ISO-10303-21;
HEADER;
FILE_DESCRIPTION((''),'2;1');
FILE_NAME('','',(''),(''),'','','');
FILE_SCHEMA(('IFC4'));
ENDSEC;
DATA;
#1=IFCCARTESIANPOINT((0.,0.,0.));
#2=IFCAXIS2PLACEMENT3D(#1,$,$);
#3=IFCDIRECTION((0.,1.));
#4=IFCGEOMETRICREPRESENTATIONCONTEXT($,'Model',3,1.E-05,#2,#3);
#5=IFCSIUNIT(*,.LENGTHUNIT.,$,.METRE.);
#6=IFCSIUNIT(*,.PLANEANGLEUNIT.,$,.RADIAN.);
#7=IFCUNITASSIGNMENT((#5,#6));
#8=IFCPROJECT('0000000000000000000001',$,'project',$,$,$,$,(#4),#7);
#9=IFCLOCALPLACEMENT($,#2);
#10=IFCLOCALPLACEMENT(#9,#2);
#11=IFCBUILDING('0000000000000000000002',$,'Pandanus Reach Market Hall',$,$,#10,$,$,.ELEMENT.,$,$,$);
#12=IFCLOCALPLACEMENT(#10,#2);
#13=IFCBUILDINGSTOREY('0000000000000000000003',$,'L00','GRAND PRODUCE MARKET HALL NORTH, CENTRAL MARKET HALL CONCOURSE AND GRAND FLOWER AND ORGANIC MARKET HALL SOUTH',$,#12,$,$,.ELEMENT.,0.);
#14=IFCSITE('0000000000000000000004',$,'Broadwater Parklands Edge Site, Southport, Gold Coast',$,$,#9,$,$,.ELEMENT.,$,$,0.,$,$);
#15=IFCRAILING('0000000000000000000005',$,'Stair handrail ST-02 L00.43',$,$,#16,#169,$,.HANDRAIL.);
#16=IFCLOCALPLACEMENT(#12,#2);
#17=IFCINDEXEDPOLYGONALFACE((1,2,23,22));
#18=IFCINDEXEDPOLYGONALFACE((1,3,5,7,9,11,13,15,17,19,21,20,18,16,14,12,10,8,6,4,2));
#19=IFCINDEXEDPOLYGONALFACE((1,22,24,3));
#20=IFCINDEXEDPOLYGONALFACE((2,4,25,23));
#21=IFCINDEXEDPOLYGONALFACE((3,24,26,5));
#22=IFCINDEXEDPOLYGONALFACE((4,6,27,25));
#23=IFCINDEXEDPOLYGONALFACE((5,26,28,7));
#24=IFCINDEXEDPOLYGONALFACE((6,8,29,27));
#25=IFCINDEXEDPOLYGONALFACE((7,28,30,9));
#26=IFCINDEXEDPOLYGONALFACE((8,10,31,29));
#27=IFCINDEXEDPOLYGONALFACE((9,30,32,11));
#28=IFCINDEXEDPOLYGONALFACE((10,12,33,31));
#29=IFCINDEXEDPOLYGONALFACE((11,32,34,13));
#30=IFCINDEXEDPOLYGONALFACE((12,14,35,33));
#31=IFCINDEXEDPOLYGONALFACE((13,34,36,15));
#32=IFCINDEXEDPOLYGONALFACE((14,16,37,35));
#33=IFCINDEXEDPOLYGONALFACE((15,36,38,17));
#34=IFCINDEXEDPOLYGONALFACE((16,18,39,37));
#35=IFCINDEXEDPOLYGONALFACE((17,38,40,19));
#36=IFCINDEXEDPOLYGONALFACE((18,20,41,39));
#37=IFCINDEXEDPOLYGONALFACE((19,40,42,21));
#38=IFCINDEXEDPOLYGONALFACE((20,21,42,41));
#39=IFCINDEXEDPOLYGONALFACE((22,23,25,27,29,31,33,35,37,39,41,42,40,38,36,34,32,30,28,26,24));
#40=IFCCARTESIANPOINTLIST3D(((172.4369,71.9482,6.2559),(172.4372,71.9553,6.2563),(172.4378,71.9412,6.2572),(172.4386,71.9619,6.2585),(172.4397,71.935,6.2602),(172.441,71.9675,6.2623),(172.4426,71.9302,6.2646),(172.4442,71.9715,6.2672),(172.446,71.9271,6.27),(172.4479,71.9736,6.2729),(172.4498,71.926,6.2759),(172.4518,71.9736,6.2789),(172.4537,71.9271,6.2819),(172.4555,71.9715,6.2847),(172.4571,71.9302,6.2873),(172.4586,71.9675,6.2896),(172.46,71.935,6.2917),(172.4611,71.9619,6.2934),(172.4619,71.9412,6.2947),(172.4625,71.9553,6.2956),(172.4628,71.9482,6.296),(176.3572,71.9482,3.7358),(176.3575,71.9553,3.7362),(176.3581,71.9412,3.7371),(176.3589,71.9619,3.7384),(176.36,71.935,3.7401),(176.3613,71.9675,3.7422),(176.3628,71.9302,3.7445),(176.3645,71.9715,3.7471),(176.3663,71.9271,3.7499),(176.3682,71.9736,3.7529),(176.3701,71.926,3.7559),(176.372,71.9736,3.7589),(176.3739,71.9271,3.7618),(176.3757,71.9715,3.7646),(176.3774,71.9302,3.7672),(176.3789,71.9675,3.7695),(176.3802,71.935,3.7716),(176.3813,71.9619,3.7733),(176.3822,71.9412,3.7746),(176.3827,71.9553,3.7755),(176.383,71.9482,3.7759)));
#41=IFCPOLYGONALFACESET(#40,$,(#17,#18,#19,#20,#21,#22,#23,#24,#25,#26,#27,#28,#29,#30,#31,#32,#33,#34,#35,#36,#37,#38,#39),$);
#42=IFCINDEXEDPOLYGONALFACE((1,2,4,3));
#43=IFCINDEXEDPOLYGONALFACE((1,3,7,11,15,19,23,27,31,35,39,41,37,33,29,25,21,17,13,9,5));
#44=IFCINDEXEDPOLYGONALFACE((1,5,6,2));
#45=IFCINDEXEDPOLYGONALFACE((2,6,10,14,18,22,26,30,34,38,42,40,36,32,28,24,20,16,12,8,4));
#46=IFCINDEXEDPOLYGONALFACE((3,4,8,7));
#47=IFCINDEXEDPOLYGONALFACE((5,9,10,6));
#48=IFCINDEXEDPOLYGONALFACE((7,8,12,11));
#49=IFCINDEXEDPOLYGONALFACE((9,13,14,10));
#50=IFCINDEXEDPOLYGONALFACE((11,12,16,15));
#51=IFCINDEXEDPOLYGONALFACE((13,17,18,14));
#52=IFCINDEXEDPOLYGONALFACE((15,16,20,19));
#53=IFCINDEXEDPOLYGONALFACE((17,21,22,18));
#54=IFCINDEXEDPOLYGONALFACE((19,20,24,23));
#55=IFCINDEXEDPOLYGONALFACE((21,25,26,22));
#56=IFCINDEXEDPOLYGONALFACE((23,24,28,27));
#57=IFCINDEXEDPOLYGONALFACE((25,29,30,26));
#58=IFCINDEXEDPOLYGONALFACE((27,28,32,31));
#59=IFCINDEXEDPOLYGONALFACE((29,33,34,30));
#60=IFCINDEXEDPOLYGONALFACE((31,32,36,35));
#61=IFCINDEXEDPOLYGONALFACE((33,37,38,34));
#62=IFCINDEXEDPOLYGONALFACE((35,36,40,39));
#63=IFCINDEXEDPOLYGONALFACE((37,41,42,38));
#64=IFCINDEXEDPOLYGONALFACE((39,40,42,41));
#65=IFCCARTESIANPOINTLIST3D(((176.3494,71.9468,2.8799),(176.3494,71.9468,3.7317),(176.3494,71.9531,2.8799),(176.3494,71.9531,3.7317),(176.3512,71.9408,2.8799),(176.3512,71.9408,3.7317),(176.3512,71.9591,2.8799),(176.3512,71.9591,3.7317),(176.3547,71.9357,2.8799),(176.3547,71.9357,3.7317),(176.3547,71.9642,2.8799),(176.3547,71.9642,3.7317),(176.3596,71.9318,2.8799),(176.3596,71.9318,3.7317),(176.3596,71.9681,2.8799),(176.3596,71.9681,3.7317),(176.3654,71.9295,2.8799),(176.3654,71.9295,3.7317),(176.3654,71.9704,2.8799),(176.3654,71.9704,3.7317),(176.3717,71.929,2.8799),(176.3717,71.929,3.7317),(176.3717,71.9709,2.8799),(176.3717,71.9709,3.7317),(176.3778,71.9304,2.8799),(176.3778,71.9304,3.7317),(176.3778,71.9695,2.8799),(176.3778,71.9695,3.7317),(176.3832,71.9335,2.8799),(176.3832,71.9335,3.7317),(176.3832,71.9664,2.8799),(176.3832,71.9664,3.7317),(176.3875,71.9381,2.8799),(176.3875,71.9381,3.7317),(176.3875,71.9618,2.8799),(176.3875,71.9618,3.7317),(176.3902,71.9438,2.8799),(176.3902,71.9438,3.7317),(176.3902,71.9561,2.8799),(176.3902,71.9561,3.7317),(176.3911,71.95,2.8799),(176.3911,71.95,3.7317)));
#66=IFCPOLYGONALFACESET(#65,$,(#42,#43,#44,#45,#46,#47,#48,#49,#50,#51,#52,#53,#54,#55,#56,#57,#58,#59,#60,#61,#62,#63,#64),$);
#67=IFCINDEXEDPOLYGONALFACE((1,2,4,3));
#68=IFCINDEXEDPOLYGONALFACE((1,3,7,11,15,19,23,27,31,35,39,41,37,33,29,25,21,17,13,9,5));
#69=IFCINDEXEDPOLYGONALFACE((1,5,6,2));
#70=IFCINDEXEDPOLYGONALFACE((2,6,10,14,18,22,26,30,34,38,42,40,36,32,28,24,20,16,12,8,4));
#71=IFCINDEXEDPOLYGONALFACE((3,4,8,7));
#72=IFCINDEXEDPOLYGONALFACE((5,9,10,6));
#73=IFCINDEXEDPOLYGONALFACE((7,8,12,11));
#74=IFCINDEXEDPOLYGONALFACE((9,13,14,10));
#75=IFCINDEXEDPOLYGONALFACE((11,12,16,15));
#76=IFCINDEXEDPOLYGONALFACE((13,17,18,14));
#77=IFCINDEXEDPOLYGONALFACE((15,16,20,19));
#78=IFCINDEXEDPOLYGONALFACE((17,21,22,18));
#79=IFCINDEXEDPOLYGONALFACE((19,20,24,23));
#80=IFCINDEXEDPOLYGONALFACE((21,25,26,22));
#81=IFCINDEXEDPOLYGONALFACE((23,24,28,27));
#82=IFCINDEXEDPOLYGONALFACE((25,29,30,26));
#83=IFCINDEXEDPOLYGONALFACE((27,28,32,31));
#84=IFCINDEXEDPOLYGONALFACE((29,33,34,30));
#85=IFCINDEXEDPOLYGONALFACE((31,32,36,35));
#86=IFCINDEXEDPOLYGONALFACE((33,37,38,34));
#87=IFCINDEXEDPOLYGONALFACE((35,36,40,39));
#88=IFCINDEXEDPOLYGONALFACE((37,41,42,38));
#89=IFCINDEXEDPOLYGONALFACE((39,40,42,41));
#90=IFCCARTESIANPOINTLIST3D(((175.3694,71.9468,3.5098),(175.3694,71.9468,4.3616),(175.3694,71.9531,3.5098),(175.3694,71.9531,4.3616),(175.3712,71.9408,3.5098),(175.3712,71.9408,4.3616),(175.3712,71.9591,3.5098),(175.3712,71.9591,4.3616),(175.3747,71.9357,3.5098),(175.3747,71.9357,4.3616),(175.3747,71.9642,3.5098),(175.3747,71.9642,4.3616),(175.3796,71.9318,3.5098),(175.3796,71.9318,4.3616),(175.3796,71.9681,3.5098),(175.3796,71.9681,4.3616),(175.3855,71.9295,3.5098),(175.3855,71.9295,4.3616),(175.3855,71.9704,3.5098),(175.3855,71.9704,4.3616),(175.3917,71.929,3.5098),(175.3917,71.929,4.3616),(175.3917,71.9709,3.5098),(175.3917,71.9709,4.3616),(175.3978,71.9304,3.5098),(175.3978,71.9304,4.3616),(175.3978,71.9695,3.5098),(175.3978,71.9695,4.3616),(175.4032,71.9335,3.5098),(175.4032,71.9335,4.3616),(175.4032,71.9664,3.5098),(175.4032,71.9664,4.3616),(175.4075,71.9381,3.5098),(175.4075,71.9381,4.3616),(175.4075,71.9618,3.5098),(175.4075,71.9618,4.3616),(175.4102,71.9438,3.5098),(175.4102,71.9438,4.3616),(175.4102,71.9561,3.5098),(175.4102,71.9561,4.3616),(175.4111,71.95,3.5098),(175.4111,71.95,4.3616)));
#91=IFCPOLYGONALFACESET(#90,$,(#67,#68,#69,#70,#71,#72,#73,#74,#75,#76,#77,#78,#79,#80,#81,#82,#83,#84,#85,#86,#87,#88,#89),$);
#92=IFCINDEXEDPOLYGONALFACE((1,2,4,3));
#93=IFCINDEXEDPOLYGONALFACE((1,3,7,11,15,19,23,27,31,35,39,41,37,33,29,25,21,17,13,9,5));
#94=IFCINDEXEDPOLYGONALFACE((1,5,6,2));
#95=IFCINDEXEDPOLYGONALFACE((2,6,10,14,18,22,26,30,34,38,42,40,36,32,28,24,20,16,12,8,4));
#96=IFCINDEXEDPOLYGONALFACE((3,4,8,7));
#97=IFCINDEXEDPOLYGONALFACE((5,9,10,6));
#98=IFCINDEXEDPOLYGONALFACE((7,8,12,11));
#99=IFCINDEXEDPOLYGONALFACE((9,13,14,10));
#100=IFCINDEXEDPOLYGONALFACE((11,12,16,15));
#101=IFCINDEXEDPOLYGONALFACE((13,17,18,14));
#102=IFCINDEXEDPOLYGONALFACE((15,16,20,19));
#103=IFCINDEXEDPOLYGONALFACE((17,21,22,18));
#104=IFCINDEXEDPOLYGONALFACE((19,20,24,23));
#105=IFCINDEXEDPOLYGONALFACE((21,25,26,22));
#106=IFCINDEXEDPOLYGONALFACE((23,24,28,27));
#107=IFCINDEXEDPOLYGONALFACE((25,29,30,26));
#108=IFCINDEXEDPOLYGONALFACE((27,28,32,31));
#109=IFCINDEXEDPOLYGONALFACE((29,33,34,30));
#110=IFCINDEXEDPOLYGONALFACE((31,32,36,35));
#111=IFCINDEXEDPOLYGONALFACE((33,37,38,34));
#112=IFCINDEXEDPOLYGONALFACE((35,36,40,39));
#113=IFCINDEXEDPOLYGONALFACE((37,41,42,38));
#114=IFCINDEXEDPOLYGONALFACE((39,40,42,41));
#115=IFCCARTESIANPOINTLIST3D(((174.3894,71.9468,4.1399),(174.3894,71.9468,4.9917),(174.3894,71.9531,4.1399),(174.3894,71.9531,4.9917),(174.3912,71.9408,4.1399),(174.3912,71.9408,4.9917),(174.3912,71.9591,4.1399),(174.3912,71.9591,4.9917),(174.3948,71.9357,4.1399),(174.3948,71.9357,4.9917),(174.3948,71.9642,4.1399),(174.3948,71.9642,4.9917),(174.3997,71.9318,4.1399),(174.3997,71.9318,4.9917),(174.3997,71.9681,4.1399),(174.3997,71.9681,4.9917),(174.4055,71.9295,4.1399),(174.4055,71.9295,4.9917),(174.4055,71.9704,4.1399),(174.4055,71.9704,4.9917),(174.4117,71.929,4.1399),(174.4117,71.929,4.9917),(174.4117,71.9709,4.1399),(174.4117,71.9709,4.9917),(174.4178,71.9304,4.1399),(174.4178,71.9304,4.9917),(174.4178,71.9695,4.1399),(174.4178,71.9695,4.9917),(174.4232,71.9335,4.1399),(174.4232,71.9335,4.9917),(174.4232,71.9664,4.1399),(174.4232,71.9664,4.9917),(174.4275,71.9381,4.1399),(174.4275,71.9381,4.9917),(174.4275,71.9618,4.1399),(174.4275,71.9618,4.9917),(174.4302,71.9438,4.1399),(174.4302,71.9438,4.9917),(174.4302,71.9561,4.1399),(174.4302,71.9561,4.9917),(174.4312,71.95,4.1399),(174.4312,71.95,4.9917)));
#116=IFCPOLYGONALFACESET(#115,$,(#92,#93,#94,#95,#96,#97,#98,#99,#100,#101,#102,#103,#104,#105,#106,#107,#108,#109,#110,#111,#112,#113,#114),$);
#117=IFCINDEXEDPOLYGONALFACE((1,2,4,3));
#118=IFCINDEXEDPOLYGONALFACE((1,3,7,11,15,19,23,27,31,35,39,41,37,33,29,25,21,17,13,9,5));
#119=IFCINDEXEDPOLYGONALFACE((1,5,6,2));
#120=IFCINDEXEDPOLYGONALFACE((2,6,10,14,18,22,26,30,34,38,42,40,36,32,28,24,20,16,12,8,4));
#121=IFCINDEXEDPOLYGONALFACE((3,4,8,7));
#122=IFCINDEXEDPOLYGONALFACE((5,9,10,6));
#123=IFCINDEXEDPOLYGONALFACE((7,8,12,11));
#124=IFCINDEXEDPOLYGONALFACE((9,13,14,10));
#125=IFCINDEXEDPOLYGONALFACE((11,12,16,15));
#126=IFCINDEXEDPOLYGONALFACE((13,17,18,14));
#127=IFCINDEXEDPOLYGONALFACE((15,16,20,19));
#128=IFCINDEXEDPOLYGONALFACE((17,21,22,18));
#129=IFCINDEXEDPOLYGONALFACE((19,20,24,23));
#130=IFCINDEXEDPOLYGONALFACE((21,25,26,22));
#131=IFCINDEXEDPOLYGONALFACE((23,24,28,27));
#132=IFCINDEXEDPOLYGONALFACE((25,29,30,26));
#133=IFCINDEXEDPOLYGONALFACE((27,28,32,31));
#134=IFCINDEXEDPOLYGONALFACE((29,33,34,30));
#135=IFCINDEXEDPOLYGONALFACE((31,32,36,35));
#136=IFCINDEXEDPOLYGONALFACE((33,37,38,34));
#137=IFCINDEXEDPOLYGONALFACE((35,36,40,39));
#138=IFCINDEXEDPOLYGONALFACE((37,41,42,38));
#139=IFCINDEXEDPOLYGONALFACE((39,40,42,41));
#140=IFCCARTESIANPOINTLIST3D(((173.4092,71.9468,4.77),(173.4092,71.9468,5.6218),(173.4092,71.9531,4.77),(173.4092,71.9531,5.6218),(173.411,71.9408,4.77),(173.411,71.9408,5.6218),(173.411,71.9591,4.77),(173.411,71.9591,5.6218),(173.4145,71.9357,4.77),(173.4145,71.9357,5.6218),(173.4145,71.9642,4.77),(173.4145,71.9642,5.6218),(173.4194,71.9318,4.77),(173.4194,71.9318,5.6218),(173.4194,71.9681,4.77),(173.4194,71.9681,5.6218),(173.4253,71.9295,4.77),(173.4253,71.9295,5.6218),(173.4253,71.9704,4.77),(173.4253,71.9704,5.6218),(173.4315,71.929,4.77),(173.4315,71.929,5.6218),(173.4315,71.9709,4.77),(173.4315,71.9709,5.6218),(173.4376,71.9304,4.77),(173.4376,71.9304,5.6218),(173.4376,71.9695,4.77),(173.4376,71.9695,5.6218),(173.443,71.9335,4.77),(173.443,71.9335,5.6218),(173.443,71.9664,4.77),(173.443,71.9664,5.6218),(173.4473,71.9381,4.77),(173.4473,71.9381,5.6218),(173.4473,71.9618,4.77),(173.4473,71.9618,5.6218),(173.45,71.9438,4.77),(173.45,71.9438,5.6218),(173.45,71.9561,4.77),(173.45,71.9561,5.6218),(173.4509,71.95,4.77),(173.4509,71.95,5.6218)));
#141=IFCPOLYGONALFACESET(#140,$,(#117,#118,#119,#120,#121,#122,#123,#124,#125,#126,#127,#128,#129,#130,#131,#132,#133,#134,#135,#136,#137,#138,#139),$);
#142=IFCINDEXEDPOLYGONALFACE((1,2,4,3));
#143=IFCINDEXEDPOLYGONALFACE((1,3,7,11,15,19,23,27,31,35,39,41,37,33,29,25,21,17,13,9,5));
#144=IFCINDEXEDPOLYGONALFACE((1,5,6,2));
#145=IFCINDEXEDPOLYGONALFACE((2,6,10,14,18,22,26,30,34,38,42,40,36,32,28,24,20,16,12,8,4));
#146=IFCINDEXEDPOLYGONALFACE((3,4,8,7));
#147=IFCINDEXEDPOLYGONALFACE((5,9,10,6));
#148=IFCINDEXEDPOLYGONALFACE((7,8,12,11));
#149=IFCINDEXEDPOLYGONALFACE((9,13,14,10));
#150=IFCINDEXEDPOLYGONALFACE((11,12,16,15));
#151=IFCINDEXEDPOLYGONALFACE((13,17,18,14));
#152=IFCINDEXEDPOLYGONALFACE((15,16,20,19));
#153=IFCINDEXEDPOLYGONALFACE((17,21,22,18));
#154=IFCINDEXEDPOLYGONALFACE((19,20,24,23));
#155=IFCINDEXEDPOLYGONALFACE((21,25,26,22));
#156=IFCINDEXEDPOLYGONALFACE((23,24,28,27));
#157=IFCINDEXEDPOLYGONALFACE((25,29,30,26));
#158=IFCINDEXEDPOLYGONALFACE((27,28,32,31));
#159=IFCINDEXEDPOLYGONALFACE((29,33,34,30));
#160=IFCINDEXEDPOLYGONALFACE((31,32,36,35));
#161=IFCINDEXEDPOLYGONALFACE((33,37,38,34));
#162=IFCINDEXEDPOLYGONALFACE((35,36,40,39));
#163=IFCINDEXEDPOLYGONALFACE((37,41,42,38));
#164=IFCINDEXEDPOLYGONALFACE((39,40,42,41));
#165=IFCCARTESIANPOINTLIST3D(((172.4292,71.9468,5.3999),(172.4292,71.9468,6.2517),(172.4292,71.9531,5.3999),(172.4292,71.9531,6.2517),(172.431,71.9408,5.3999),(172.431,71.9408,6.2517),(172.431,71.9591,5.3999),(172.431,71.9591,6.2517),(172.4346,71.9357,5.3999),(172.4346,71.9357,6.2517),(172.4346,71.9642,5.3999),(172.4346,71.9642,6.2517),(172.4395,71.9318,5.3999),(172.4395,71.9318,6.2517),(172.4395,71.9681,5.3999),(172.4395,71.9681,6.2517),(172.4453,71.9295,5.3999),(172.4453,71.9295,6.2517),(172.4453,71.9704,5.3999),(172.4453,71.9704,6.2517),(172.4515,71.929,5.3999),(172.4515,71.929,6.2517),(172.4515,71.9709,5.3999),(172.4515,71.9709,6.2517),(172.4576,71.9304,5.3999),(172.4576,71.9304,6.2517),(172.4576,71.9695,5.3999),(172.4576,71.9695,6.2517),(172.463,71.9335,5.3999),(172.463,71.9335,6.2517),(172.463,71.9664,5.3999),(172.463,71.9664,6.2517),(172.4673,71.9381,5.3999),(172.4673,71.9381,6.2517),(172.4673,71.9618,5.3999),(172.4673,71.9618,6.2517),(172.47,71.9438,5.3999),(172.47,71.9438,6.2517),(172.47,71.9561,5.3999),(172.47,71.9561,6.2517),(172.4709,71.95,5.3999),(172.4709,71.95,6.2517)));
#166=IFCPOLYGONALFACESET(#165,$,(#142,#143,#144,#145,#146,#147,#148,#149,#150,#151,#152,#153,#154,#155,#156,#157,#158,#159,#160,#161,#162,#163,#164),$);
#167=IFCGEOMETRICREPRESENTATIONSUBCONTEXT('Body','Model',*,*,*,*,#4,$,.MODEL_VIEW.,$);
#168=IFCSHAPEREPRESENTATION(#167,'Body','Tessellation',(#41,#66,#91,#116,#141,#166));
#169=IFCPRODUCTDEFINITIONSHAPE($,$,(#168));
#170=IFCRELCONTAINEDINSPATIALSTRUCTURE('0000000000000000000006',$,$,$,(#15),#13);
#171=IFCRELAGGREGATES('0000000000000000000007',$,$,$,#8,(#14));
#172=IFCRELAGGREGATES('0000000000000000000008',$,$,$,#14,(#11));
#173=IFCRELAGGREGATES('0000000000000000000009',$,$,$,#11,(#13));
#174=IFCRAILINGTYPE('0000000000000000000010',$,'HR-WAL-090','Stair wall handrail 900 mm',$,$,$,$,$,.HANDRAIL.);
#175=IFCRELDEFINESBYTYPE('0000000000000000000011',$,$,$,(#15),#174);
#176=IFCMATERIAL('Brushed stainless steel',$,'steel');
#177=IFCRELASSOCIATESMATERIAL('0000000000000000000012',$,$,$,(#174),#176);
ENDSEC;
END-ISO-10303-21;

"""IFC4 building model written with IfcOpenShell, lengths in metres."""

from ifc_helpers import new_model, si_unit, direction, frame, origin, origin_2d, place, context, subcontext, project, spatial, circle, extrude, material, type_object, element, save


model = new_model("IFC4")

# Units and contexts
model_context = context("Model", 3, precision=1e-05, world=origin(), true_north=direction((0.0, 1.0)))
body_context = subcontext(model_context, "Body", "Model", "MODEL_VIEW")
ifc_project = project(units=[si_unit("LENGTHUNIT", "METRE"), si_unit("PLANEANGLEUNIT", "RADIAN")], contexts=[model_context])

# Site, building, storey
site_placement = place(None, origin())
site = spatial("IfcSite", under=ifc_project, at=site_placement, Name="Broadwater Parklands Edge Site, Southport, Gold Coast", CompositionType="ELEMENT", RefElevation=0.0)
building_placement = place(site_placement, origin())
building = spatial("IfcBuilding", under=site, at=building_placement, Name="Pandanus Reach Market Hall", CompositionType="ELEMENT")
storey_placement = place(building_placement, origin())
storey = spatial("IfcBuildingStorey", under=building, at=storey_placement, Name="L00", Description="GRAND PRODUCE MARKET HALL NORTH, CENTRAL MARKET HALL CONCOURSE AND GRAND FLOWER AND ORGANIC MARKET HALL SOUTH", CompositionType="ELEMENT", Elevation=0.0)

# Railing
ifc_material_1 = material(Name="Brushed stainless steel", Category="steel")
railing_type_1 = type_object("IfcRailingType", Name="HR-WAL-090", Description="Stair wall handrail 900 mm", PredefinedType="HANDRAIL", material=ifc_material_1)
railing_1_placement = place(storey_placement, frame((176.3701, 71.95, 2.8799)))
element("IfcRailing", 1, at=railing_1_placement, inside=storey, type_object=railing_type_1, Name="Stair handrail ST-02 L00.43", PredefinedType="HANDRAIL", context=body_context, shape_type="SweptSolid", body=[
    extrude(circle(Radius=0.0239, at=origin_2d()), frame((0.0, 0.0, 0.876), z_axis=(-0.841187, 0.0, 0.540744), x_axis=(0.0, -1.0, 0.0)), (0.0, 0.0, 1.0), 4.6604),
    extrude(circle(Radius=0.021, at=origin_2d()), origin(), (0.0, 0.0, 1.0), 0.8518),
    extrude(circle(Radius=0.021, at=origin_2d()), frame((-0.98, 0.0, 0.6299)), (0.0, 0.0, 1.0), 0.8518),
    extrude(circle(Radius=0.021, at=origin_2d()), frame((-1.96, 0.0, 1.26)), (0.0, 0.0, 1.0), 0.8518),
    extrude(circle(Radius=0.021, at=origin_2d()), frame((-2.9402, 0.0, 1.8901)), (0.0, 0.0, 1.0), 0.8518),
    extrude(circle(Radius=0.021, at=origin_2d()), frame((-3.9202, 0.0, 2.52)), (0.0, 0.0, 1.0), 0.8518),
])

save(model, "model.ifc")
